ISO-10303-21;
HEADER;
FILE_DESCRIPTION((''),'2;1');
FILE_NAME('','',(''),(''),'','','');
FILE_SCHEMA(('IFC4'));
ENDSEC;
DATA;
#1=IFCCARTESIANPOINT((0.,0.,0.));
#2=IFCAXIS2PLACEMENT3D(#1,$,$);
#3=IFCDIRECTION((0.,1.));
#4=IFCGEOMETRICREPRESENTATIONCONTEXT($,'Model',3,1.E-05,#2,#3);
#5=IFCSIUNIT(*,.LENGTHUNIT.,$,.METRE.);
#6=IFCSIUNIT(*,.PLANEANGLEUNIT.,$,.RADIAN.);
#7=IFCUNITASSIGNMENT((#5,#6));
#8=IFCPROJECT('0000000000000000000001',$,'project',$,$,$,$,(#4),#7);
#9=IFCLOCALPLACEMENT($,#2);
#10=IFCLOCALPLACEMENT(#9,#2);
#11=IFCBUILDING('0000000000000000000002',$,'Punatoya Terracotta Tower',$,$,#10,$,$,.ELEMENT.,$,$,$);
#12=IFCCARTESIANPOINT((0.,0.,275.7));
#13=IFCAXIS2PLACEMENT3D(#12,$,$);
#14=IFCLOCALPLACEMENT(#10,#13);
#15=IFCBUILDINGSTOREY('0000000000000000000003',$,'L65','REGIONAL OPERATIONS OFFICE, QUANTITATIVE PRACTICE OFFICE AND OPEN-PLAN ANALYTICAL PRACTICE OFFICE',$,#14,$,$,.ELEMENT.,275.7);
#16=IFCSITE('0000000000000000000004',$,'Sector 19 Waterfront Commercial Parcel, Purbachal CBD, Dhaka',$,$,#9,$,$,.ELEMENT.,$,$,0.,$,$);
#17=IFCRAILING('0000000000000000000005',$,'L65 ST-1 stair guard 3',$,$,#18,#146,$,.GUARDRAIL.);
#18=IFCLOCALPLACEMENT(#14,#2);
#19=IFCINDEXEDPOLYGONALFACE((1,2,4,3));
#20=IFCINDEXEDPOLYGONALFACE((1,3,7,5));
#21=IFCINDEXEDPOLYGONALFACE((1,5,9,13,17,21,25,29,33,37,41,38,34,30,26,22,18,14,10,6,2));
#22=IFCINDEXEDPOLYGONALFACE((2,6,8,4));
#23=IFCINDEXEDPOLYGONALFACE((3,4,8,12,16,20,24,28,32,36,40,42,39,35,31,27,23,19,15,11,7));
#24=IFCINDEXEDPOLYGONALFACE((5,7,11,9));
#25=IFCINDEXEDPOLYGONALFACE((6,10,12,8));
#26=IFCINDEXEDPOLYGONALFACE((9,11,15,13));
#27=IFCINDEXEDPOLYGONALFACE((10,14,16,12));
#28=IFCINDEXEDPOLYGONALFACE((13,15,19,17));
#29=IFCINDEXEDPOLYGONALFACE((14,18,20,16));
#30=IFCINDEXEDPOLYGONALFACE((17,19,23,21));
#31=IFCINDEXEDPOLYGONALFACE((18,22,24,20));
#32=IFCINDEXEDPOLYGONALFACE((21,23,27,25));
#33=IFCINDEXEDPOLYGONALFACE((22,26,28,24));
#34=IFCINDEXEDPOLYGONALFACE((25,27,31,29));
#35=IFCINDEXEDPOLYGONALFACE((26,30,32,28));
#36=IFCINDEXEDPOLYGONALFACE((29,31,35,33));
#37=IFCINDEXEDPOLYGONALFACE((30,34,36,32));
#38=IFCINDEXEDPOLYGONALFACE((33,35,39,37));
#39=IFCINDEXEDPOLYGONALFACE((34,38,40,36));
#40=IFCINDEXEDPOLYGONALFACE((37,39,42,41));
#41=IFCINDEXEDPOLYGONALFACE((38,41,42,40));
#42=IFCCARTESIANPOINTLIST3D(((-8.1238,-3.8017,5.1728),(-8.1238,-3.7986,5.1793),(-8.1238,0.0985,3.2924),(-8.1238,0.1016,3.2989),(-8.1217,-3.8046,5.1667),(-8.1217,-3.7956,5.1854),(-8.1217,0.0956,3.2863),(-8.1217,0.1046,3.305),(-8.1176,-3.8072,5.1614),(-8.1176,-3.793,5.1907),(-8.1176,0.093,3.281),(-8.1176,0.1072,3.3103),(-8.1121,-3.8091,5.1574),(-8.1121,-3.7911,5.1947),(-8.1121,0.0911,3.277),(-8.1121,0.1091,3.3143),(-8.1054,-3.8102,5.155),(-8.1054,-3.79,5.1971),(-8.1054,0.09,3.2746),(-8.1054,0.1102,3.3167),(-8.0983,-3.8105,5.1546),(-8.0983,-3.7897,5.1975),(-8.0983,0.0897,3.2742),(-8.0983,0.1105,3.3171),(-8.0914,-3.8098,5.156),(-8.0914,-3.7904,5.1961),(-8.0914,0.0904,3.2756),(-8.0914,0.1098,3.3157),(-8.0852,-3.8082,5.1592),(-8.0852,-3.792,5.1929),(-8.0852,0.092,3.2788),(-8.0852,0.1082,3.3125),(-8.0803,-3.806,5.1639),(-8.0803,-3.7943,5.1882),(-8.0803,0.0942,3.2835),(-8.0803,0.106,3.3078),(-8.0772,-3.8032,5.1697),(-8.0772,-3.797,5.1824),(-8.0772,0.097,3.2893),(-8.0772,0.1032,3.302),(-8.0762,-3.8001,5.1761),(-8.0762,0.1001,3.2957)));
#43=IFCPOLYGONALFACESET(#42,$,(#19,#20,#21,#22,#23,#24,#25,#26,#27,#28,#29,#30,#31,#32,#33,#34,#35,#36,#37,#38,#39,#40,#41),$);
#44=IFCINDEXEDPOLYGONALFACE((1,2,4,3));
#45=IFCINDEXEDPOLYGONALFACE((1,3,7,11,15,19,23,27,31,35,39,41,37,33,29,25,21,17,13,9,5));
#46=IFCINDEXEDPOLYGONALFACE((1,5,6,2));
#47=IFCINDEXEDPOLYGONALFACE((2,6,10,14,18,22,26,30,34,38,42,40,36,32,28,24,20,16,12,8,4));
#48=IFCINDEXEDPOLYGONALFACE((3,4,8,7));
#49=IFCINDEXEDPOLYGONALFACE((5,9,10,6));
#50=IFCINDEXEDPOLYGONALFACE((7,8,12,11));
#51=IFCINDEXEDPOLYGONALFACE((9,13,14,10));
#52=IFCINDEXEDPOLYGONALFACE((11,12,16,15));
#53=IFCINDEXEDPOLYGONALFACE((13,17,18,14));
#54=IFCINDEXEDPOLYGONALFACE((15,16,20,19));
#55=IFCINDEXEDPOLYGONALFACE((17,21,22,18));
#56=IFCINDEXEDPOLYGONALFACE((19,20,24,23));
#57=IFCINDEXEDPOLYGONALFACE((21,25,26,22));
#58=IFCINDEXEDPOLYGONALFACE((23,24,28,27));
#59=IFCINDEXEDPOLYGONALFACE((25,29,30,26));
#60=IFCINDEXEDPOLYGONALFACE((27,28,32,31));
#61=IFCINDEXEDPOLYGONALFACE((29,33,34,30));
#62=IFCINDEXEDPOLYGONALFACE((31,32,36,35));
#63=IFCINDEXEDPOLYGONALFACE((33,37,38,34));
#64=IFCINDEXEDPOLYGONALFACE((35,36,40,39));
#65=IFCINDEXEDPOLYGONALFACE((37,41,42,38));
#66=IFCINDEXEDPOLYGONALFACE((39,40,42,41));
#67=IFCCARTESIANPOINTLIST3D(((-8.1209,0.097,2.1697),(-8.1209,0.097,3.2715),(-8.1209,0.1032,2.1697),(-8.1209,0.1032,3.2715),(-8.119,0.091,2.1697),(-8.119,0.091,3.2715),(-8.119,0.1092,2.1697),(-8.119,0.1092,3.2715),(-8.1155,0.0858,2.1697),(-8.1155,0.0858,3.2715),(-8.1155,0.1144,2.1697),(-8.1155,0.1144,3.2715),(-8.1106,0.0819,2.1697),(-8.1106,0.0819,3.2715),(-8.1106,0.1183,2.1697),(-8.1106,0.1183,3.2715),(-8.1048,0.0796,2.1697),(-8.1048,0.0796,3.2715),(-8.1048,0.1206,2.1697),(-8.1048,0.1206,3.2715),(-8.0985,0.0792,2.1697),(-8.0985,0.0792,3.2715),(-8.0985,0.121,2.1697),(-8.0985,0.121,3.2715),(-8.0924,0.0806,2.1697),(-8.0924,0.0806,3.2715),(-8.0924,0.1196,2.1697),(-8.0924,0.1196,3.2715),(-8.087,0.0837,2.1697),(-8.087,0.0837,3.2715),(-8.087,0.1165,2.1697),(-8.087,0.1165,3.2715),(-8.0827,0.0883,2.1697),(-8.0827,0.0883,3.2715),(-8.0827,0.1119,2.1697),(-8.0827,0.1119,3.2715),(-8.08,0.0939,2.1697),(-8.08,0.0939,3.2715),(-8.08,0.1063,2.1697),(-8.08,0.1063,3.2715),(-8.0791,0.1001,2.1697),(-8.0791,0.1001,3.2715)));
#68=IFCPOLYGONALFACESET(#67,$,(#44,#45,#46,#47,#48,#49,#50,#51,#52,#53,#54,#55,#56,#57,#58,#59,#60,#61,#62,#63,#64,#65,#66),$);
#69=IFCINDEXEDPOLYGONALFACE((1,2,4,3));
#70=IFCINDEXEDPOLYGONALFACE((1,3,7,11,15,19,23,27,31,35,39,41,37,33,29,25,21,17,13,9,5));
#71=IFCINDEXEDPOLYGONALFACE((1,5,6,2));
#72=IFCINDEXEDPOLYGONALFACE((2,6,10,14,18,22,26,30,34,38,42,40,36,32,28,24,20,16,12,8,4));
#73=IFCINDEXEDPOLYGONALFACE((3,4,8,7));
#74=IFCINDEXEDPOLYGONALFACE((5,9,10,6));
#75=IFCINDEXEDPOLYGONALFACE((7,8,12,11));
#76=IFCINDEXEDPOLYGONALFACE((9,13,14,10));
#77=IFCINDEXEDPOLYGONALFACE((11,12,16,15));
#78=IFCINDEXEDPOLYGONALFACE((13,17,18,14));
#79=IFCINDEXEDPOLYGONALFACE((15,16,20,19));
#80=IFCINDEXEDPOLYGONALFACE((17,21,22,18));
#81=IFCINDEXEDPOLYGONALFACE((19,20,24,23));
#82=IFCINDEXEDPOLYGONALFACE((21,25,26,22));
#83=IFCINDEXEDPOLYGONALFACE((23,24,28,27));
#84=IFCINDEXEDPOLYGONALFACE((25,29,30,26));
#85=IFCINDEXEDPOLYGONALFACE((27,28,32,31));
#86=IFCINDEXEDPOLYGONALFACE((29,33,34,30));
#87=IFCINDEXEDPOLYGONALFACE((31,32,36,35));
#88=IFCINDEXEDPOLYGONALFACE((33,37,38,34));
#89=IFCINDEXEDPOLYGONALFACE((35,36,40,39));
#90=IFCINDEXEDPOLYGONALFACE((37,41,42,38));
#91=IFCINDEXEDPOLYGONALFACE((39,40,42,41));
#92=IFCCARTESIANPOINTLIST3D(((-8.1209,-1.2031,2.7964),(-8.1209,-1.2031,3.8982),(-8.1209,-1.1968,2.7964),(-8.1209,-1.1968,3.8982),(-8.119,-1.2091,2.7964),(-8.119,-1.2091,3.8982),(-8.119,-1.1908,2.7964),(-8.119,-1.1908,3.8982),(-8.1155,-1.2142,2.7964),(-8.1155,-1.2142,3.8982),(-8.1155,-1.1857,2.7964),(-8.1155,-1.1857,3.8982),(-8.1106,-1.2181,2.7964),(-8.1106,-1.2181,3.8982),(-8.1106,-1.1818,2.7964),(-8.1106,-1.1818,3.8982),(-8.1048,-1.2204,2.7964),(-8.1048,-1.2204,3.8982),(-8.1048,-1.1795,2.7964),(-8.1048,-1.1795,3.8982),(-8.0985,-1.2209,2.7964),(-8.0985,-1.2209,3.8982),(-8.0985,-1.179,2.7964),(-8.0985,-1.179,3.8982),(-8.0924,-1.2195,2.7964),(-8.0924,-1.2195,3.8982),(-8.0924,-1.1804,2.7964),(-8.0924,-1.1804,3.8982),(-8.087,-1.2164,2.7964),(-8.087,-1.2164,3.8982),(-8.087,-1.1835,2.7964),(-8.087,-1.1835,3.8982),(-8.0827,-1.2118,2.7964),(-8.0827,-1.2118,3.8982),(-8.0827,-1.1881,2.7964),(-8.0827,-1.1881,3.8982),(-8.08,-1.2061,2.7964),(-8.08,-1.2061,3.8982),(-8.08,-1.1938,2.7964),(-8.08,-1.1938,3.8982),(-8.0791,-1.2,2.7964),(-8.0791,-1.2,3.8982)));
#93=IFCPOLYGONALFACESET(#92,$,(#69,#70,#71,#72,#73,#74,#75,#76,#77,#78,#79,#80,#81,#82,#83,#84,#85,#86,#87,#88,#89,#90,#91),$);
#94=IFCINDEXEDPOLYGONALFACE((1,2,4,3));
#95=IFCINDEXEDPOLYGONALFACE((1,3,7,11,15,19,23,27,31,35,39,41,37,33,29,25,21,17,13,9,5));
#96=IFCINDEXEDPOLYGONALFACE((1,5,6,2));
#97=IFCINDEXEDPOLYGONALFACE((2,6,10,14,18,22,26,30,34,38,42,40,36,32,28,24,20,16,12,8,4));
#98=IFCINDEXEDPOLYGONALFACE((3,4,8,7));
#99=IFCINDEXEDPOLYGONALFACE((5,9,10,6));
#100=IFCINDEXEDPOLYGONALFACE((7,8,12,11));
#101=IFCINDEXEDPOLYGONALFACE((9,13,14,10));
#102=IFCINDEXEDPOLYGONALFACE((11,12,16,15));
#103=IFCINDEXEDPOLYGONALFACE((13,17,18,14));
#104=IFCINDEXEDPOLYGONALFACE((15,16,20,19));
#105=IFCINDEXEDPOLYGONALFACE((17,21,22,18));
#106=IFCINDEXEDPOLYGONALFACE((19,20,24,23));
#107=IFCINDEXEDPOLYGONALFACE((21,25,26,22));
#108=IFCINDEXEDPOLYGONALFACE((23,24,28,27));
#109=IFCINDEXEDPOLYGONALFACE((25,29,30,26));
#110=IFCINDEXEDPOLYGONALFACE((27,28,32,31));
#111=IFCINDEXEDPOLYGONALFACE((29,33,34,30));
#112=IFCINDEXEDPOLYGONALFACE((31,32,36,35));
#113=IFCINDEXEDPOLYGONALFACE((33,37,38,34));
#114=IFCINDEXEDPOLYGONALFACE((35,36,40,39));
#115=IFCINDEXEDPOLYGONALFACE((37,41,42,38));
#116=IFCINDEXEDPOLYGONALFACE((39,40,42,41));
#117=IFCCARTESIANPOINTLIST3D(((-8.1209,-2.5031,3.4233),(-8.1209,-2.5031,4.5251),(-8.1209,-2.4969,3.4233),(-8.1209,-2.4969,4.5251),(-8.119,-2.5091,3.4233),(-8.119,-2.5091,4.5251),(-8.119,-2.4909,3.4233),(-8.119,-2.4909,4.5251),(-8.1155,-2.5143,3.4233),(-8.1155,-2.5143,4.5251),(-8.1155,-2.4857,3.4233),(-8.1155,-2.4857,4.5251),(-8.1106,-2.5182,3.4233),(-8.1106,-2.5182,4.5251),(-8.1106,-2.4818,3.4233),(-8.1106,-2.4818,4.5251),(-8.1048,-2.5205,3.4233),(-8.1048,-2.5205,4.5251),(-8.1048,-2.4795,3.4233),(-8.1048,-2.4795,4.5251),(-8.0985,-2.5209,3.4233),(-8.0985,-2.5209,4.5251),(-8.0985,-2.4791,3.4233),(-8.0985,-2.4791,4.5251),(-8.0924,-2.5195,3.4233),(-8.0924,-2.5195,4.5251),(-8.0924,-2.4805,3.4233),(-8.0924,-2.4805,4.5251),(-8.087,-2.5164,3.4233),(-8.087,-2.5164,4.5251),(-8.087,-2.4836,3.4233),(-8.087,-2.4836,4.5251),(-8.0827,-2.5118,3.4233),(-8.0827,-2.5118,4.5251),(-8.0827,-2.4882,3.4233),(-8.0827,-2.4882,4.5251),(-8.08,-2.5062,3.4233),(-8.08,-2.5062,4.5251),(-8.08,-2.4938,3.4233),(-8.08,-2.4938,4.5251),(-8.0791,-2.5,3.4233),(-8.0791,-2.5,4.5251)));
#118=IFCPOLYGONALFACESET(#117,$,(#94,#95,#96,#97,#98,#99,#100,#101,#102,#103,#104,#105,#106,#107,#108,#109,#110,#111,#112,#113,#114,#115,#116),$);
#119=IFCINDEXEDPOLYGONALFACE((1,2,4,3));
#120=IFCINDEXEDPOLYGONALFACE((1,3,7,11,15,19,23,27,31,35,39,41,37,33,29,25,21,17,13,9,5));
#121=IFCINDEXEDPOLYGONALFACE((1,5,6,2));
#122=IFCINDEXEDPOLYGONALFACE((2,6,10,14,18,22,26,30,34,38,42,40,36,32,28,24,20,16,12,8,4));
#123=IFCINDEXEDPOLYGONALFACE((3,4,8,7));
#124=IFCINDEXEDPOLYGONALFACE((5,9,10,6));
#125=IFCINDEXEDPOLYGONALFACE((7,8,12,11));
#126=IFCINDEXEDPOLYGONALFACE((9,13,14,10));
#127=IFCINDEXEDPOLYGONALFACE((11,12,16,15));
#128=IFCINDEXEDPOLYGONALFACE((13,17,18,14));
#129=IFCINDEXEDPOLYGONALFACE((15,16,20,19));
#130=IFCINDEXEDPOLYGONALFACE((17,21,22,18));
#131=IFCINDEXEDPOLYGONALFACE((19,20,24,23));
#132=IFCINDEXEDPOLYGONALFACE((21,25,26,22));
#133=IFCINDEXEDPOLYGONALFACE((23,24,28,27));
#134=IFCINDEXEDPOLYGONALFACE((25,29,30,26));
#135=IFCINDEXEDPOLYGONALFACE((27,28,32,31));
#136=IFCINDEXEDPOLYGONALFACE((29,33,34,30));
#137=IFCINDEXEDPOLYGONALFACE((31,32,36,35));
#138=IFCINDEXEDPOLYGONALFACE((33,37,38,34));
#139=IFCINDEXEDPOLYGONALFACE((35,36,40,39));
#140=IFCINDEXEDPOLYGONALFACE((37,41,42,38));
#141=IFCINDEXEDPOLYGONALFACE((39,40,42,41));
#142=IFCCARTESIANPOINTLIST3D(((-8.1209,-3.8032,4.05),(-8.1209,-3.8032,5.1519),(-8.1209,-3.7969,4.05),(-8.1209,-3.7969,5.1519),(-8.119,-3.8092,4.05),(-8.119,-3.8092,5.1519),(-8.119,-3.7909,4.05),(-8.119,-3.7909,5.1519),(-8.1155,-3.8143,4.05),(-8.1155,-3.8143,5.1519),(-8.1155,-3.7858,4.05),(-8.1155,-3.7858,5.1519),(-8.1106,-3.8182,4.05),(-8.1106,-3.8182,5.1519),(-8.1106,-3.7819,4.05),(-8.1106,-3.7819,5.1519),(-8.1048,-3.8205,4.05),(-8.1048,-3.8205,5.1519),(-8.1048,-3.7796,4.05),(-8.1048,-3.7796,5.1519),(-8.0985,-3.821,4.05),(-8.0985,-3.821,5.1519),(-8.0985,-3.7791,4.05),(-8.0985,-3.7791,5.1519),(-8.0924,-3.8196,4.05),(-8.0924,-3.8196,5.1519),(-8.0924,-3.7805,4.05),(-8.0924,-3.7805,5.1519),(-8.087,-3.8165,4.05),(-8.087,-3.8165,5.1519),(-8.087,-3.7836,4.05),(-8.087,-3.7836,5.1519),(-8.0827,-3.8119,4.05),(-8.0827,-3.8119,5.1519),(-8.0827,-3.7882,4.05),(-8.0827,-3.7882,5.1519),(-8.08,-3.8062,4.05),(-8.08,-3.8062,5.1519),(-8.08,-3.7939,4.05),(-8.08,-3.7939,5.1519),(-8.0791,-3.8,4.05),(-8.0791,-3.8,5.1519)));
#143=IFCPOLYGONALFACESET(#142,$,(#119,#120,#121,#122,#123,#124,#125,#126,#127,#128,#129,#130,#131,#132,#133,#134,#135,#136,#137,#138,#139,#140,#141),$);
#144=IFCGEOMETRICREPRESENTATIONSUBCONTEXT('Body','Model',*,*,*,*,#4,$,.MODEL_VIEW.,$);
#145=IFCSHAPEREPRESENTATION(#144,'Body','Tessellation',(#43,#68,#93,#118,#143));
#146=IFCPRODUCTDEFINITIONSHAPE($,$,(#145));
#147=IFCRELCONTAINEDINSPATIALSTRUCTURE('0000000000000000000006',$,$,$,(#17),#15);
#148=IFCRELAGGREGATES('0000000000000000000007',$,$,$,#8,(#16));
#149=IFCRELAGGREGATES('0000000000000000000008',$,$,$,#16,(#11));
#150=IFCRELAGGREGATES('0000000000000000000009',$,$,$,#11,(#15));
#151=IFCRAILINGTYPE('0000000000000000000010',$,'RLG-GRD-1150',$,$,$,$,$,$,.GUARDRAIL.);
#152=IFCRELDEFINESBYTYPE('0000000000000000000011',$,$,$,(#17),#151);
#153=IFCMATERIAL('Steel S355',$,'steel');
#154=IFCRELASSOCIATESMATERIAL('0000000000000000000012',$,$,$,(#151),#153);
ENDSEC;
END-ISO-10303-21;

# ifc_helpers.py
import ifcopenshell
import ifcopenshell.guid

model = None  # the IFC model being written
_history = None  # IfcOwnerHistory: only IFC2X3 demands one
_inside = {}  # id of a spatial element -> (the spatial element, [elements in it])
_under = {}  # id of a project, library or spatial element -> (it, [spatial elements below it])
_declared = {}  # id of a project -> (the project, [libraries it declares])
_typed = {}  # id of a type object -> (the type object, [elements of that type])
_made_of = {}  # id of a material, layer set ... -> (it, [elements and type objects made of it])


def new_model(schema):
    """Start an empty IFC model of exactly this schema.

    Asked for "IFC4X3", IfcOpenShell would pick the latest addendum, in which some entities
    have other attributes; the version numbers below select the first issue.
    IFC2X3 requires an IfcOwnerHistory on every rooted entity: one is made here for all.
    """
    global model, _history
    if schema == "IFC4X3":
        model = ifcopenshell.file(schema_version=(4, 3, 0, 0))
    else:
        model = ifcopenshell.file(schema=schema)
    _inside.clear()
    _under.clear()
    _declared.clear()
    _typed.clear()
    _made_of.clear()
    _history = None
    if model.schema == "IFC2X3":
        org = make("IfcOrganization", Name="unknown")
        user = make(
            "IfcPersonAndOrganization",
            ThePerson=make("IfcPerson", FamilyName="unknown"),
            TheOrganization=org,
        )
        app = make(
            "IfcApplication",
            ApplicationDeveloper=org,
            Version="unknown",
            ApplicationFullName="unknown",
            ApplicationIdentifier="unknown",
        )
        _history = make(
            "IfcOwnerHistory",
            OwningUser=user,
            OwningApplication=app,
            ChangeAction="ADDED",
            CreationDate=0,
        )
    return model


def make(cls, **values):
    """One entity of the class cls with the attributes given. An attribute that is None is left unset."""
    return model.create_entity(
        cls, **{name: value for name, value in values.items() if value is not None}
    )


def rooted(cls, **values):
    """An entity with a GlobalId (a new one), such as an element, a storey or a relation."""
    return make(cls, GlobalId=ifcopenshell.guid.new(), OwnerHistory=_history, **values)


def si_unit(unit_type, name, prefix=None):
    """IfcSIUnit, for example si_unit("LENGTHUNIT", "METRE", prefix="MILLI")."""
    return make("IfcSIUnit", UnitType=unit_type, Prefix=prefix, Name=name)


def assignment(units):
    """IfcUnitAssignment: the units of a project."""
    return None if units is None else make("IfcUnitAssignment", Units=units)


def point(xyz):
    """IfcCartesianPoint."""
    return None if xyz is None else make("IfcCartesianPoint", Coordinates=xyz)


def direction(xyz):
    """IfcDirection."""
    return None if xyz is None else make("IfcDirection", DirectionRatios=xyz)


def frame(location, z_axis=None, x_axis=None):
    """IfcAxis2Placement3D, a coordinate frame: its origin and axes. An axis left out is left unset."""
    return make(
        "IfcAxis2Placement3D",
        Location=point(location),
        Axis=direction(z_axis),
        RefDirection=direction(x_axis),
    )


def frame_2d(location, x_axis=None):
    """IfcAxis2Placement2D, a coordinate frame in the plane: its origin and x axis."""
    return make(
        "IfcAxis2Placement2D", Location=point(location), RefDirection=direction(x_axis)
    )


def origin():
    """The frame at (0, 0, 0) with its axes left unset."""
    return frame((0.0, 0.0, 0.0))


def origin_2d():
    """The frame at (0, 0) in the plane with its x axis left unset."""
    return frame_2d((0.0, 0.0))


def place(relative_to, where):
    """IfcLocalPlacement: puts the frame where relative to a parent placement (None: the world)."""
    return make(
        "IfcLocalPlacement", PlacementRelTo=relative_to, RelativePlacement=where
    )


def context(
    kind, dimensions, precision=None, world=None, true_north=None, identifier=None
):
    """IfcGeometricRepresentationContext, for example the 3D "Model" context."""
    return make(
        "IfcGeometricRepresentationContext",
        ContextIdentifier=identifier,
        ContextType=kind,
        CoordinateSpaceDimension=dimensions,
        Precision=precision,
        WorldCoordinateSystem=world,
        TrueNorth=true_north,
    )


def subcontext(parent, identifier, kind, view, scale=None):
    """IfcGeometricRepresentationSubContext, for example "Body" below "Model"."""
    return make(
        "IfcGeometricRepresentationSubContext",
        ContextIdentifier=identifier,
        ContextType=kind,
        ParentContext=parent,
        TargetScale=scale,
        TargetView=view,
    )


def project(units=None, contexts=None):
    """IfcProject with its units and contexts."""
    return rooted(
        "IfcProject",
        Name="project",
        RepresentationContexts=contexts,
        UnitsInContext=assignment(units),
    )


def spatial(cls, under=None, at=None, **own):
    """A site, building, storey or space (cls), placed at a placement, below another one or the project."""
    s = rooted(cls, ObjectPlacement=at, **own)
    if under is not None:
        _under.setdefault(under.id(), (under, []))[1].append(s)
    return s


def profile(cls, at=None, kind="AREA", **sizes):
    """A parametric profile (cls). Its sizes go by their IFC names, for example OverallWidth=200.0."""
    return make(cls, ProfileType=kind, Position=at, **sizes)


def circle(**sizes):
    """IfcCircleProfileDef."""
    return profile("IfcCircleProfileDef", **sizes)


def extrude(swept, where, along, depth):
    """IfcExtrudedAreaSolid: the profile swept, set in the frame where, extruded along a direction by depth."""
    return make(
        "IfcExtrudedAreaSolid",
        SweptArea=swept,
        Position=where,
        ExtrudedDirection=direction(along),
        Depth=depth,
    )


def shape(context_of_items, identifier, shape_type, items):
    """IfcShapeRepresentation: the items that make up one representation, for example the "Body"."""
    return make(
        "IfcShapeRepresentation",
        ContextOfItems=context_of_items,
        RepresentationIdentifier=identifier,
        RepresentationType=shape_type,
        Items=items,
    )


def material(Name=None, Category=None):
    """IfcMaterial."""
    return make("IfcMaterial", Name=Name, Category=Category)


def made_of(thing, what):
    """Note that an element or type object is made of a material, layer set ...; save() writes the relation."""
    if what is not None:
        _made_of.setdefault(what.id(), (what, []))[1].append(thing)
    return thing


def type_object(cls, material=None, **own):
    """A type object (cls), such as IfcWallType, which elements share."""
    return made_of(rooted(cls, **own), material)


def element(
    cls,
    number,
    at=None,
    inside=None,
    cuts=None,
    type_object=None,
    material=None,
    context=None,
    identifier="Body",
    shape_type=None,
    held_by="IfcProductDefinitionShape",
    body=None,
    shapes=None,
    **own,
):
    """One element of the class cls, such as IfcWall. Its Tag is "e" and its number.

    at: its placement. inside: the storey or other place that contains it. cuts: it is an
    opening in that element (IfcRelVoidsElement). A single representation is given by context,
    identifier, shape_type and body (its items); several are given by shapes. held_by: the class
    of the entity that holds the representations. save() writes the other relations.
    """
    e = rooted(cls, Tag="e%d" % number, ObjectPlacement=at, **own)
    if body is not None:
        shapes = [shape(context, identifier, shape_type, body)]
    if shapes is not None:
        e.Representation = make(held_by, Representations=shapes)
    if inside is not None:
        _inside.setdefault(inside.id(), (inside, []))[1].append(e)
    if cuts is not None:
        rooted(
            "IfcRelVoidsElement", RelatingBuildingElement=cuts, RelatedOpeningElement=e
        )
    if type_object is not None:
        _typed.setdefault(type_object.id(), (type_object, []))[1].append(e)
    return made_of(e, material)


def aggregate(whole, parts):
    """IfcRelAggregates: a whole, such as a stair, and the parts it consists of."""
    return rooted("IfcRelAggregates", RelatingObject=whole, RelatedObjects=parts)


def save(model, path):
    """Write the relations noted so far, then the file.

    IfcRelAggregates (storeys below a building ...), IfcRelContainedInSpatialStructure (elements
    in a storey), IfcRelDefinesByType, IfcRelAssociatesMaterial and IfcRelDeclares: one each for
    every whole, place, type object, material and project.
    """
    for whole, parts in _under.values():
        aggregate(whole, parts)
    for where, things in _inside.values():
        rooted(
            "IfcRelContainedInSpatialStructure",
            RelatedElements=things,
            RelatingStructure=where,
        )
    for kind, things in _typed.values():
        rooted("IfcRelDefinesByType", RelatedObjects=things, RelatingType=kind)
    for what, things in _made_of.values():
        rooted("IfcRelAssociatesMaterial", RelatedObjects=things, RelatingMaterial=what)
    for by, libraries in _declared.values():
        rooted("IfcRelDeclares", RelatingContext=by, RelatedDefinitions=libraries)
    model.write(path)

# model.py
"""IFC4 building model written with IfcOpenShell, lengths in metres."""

from ifc_helpers import new_model, si_unit, direction, frame, origin, origin_2d, place, context, subcontext, project, spatial, circle, extrude, material, type_object, element, save


model = new_model("IFC4")

# Units and contexts
model_context = context("Model", 3, precision=1e-05, world=origin(), true_north=direction((0.0, 1.0)))
body_context = subcontext(model_context, "Body", "Model", "MODEL_VIEW")
ifc_project = project(units=[si_unit("LENGTHUNIT", "METRE"), si_unit("PLANEANGLEUNIT", "RADIAN")], contexts=[model_context])

# Site, building, storey
site_placement = place(None, origin())
site = spatial("IfcSite", under=ifc_project, at=site_placement, Name="Sector 19 Waterfront Commercial Parcel, Purbachal CBD, Dhaka", CompositionType="ELEMENT", RefElevation=0.0)
building_placement = place(site_placement, origin())
building = spatial("IfcBuilding", under=site, at=building_placement, Name="Punatoya Terracotta Tower", CompositionType="ELEMENT")
storey_placement = place(building_placement, frame((0.0, 0.0, 275.7)))
storey = spatial("IfcBuildingStorey", under=building, at=storey_placement, Name="L65", Description="REGIONAL OPERATIONS OFFICE, QUANTITATIVE PRACTICE OFFICE AND OPEN-PLAN ANALYTICAL PRACTICE OFFICE", CompositionType="ELEMENT", Elevation=275.7)

# Shared definitions
ifc_material_1 = material(Name="Steel S355", Category="steel")

# Railing
railing_type_1 = type_object("IfcRailingType", Name="RLG-GRD-1150", PredefinedType="GUARDRAIL", material=ifc_material_1)
railing_1_placement = place(storey_placement, frame((-8.1001, 0.1001, 2.1697)))
element("IfcRailing", 1, at=railing_1_placement, inside=storey, type_object=railing_type_1, Name="L65 ST-1 stair guard 3", PredefinedType="GUARDRAIL", context=body_context, shape_type="SweptSolid", body=[
    extrude(circle(Radius=0.0239, at=origin_2d()), frame((0.0, 0.0, 1.126), z_axis=(0.0, -0.900774, 0.434289), x_axis=(1.0, 0.0, 0.0)), (0.0, 0.0, 1.0), 4.3298),
    extrude(circle(Radius=0.021, at=origin_2d()), origin(), (0.0, 0.0, 1.0), 1.1018),
    extrude(circle(Radius=0.021, at=origin_2d()), frame((0.0, -1.3, 0.6267)), (0.0, 0.0, 1.0), 1.1018),
    extrude(circle(Radius=0.021, at=origin_2d()), frame((0.0, -2.6001, 1.2537)), (0.0, 0.0, 1.0), 1.1018),
    extrude(circle(Radius=0.021, at=origin_2d()), frame((0.0, -3.9001, 1.8804)), (0.0, 0.0, 1.0), 1.1018),
])

save(model, "model.ifc")
